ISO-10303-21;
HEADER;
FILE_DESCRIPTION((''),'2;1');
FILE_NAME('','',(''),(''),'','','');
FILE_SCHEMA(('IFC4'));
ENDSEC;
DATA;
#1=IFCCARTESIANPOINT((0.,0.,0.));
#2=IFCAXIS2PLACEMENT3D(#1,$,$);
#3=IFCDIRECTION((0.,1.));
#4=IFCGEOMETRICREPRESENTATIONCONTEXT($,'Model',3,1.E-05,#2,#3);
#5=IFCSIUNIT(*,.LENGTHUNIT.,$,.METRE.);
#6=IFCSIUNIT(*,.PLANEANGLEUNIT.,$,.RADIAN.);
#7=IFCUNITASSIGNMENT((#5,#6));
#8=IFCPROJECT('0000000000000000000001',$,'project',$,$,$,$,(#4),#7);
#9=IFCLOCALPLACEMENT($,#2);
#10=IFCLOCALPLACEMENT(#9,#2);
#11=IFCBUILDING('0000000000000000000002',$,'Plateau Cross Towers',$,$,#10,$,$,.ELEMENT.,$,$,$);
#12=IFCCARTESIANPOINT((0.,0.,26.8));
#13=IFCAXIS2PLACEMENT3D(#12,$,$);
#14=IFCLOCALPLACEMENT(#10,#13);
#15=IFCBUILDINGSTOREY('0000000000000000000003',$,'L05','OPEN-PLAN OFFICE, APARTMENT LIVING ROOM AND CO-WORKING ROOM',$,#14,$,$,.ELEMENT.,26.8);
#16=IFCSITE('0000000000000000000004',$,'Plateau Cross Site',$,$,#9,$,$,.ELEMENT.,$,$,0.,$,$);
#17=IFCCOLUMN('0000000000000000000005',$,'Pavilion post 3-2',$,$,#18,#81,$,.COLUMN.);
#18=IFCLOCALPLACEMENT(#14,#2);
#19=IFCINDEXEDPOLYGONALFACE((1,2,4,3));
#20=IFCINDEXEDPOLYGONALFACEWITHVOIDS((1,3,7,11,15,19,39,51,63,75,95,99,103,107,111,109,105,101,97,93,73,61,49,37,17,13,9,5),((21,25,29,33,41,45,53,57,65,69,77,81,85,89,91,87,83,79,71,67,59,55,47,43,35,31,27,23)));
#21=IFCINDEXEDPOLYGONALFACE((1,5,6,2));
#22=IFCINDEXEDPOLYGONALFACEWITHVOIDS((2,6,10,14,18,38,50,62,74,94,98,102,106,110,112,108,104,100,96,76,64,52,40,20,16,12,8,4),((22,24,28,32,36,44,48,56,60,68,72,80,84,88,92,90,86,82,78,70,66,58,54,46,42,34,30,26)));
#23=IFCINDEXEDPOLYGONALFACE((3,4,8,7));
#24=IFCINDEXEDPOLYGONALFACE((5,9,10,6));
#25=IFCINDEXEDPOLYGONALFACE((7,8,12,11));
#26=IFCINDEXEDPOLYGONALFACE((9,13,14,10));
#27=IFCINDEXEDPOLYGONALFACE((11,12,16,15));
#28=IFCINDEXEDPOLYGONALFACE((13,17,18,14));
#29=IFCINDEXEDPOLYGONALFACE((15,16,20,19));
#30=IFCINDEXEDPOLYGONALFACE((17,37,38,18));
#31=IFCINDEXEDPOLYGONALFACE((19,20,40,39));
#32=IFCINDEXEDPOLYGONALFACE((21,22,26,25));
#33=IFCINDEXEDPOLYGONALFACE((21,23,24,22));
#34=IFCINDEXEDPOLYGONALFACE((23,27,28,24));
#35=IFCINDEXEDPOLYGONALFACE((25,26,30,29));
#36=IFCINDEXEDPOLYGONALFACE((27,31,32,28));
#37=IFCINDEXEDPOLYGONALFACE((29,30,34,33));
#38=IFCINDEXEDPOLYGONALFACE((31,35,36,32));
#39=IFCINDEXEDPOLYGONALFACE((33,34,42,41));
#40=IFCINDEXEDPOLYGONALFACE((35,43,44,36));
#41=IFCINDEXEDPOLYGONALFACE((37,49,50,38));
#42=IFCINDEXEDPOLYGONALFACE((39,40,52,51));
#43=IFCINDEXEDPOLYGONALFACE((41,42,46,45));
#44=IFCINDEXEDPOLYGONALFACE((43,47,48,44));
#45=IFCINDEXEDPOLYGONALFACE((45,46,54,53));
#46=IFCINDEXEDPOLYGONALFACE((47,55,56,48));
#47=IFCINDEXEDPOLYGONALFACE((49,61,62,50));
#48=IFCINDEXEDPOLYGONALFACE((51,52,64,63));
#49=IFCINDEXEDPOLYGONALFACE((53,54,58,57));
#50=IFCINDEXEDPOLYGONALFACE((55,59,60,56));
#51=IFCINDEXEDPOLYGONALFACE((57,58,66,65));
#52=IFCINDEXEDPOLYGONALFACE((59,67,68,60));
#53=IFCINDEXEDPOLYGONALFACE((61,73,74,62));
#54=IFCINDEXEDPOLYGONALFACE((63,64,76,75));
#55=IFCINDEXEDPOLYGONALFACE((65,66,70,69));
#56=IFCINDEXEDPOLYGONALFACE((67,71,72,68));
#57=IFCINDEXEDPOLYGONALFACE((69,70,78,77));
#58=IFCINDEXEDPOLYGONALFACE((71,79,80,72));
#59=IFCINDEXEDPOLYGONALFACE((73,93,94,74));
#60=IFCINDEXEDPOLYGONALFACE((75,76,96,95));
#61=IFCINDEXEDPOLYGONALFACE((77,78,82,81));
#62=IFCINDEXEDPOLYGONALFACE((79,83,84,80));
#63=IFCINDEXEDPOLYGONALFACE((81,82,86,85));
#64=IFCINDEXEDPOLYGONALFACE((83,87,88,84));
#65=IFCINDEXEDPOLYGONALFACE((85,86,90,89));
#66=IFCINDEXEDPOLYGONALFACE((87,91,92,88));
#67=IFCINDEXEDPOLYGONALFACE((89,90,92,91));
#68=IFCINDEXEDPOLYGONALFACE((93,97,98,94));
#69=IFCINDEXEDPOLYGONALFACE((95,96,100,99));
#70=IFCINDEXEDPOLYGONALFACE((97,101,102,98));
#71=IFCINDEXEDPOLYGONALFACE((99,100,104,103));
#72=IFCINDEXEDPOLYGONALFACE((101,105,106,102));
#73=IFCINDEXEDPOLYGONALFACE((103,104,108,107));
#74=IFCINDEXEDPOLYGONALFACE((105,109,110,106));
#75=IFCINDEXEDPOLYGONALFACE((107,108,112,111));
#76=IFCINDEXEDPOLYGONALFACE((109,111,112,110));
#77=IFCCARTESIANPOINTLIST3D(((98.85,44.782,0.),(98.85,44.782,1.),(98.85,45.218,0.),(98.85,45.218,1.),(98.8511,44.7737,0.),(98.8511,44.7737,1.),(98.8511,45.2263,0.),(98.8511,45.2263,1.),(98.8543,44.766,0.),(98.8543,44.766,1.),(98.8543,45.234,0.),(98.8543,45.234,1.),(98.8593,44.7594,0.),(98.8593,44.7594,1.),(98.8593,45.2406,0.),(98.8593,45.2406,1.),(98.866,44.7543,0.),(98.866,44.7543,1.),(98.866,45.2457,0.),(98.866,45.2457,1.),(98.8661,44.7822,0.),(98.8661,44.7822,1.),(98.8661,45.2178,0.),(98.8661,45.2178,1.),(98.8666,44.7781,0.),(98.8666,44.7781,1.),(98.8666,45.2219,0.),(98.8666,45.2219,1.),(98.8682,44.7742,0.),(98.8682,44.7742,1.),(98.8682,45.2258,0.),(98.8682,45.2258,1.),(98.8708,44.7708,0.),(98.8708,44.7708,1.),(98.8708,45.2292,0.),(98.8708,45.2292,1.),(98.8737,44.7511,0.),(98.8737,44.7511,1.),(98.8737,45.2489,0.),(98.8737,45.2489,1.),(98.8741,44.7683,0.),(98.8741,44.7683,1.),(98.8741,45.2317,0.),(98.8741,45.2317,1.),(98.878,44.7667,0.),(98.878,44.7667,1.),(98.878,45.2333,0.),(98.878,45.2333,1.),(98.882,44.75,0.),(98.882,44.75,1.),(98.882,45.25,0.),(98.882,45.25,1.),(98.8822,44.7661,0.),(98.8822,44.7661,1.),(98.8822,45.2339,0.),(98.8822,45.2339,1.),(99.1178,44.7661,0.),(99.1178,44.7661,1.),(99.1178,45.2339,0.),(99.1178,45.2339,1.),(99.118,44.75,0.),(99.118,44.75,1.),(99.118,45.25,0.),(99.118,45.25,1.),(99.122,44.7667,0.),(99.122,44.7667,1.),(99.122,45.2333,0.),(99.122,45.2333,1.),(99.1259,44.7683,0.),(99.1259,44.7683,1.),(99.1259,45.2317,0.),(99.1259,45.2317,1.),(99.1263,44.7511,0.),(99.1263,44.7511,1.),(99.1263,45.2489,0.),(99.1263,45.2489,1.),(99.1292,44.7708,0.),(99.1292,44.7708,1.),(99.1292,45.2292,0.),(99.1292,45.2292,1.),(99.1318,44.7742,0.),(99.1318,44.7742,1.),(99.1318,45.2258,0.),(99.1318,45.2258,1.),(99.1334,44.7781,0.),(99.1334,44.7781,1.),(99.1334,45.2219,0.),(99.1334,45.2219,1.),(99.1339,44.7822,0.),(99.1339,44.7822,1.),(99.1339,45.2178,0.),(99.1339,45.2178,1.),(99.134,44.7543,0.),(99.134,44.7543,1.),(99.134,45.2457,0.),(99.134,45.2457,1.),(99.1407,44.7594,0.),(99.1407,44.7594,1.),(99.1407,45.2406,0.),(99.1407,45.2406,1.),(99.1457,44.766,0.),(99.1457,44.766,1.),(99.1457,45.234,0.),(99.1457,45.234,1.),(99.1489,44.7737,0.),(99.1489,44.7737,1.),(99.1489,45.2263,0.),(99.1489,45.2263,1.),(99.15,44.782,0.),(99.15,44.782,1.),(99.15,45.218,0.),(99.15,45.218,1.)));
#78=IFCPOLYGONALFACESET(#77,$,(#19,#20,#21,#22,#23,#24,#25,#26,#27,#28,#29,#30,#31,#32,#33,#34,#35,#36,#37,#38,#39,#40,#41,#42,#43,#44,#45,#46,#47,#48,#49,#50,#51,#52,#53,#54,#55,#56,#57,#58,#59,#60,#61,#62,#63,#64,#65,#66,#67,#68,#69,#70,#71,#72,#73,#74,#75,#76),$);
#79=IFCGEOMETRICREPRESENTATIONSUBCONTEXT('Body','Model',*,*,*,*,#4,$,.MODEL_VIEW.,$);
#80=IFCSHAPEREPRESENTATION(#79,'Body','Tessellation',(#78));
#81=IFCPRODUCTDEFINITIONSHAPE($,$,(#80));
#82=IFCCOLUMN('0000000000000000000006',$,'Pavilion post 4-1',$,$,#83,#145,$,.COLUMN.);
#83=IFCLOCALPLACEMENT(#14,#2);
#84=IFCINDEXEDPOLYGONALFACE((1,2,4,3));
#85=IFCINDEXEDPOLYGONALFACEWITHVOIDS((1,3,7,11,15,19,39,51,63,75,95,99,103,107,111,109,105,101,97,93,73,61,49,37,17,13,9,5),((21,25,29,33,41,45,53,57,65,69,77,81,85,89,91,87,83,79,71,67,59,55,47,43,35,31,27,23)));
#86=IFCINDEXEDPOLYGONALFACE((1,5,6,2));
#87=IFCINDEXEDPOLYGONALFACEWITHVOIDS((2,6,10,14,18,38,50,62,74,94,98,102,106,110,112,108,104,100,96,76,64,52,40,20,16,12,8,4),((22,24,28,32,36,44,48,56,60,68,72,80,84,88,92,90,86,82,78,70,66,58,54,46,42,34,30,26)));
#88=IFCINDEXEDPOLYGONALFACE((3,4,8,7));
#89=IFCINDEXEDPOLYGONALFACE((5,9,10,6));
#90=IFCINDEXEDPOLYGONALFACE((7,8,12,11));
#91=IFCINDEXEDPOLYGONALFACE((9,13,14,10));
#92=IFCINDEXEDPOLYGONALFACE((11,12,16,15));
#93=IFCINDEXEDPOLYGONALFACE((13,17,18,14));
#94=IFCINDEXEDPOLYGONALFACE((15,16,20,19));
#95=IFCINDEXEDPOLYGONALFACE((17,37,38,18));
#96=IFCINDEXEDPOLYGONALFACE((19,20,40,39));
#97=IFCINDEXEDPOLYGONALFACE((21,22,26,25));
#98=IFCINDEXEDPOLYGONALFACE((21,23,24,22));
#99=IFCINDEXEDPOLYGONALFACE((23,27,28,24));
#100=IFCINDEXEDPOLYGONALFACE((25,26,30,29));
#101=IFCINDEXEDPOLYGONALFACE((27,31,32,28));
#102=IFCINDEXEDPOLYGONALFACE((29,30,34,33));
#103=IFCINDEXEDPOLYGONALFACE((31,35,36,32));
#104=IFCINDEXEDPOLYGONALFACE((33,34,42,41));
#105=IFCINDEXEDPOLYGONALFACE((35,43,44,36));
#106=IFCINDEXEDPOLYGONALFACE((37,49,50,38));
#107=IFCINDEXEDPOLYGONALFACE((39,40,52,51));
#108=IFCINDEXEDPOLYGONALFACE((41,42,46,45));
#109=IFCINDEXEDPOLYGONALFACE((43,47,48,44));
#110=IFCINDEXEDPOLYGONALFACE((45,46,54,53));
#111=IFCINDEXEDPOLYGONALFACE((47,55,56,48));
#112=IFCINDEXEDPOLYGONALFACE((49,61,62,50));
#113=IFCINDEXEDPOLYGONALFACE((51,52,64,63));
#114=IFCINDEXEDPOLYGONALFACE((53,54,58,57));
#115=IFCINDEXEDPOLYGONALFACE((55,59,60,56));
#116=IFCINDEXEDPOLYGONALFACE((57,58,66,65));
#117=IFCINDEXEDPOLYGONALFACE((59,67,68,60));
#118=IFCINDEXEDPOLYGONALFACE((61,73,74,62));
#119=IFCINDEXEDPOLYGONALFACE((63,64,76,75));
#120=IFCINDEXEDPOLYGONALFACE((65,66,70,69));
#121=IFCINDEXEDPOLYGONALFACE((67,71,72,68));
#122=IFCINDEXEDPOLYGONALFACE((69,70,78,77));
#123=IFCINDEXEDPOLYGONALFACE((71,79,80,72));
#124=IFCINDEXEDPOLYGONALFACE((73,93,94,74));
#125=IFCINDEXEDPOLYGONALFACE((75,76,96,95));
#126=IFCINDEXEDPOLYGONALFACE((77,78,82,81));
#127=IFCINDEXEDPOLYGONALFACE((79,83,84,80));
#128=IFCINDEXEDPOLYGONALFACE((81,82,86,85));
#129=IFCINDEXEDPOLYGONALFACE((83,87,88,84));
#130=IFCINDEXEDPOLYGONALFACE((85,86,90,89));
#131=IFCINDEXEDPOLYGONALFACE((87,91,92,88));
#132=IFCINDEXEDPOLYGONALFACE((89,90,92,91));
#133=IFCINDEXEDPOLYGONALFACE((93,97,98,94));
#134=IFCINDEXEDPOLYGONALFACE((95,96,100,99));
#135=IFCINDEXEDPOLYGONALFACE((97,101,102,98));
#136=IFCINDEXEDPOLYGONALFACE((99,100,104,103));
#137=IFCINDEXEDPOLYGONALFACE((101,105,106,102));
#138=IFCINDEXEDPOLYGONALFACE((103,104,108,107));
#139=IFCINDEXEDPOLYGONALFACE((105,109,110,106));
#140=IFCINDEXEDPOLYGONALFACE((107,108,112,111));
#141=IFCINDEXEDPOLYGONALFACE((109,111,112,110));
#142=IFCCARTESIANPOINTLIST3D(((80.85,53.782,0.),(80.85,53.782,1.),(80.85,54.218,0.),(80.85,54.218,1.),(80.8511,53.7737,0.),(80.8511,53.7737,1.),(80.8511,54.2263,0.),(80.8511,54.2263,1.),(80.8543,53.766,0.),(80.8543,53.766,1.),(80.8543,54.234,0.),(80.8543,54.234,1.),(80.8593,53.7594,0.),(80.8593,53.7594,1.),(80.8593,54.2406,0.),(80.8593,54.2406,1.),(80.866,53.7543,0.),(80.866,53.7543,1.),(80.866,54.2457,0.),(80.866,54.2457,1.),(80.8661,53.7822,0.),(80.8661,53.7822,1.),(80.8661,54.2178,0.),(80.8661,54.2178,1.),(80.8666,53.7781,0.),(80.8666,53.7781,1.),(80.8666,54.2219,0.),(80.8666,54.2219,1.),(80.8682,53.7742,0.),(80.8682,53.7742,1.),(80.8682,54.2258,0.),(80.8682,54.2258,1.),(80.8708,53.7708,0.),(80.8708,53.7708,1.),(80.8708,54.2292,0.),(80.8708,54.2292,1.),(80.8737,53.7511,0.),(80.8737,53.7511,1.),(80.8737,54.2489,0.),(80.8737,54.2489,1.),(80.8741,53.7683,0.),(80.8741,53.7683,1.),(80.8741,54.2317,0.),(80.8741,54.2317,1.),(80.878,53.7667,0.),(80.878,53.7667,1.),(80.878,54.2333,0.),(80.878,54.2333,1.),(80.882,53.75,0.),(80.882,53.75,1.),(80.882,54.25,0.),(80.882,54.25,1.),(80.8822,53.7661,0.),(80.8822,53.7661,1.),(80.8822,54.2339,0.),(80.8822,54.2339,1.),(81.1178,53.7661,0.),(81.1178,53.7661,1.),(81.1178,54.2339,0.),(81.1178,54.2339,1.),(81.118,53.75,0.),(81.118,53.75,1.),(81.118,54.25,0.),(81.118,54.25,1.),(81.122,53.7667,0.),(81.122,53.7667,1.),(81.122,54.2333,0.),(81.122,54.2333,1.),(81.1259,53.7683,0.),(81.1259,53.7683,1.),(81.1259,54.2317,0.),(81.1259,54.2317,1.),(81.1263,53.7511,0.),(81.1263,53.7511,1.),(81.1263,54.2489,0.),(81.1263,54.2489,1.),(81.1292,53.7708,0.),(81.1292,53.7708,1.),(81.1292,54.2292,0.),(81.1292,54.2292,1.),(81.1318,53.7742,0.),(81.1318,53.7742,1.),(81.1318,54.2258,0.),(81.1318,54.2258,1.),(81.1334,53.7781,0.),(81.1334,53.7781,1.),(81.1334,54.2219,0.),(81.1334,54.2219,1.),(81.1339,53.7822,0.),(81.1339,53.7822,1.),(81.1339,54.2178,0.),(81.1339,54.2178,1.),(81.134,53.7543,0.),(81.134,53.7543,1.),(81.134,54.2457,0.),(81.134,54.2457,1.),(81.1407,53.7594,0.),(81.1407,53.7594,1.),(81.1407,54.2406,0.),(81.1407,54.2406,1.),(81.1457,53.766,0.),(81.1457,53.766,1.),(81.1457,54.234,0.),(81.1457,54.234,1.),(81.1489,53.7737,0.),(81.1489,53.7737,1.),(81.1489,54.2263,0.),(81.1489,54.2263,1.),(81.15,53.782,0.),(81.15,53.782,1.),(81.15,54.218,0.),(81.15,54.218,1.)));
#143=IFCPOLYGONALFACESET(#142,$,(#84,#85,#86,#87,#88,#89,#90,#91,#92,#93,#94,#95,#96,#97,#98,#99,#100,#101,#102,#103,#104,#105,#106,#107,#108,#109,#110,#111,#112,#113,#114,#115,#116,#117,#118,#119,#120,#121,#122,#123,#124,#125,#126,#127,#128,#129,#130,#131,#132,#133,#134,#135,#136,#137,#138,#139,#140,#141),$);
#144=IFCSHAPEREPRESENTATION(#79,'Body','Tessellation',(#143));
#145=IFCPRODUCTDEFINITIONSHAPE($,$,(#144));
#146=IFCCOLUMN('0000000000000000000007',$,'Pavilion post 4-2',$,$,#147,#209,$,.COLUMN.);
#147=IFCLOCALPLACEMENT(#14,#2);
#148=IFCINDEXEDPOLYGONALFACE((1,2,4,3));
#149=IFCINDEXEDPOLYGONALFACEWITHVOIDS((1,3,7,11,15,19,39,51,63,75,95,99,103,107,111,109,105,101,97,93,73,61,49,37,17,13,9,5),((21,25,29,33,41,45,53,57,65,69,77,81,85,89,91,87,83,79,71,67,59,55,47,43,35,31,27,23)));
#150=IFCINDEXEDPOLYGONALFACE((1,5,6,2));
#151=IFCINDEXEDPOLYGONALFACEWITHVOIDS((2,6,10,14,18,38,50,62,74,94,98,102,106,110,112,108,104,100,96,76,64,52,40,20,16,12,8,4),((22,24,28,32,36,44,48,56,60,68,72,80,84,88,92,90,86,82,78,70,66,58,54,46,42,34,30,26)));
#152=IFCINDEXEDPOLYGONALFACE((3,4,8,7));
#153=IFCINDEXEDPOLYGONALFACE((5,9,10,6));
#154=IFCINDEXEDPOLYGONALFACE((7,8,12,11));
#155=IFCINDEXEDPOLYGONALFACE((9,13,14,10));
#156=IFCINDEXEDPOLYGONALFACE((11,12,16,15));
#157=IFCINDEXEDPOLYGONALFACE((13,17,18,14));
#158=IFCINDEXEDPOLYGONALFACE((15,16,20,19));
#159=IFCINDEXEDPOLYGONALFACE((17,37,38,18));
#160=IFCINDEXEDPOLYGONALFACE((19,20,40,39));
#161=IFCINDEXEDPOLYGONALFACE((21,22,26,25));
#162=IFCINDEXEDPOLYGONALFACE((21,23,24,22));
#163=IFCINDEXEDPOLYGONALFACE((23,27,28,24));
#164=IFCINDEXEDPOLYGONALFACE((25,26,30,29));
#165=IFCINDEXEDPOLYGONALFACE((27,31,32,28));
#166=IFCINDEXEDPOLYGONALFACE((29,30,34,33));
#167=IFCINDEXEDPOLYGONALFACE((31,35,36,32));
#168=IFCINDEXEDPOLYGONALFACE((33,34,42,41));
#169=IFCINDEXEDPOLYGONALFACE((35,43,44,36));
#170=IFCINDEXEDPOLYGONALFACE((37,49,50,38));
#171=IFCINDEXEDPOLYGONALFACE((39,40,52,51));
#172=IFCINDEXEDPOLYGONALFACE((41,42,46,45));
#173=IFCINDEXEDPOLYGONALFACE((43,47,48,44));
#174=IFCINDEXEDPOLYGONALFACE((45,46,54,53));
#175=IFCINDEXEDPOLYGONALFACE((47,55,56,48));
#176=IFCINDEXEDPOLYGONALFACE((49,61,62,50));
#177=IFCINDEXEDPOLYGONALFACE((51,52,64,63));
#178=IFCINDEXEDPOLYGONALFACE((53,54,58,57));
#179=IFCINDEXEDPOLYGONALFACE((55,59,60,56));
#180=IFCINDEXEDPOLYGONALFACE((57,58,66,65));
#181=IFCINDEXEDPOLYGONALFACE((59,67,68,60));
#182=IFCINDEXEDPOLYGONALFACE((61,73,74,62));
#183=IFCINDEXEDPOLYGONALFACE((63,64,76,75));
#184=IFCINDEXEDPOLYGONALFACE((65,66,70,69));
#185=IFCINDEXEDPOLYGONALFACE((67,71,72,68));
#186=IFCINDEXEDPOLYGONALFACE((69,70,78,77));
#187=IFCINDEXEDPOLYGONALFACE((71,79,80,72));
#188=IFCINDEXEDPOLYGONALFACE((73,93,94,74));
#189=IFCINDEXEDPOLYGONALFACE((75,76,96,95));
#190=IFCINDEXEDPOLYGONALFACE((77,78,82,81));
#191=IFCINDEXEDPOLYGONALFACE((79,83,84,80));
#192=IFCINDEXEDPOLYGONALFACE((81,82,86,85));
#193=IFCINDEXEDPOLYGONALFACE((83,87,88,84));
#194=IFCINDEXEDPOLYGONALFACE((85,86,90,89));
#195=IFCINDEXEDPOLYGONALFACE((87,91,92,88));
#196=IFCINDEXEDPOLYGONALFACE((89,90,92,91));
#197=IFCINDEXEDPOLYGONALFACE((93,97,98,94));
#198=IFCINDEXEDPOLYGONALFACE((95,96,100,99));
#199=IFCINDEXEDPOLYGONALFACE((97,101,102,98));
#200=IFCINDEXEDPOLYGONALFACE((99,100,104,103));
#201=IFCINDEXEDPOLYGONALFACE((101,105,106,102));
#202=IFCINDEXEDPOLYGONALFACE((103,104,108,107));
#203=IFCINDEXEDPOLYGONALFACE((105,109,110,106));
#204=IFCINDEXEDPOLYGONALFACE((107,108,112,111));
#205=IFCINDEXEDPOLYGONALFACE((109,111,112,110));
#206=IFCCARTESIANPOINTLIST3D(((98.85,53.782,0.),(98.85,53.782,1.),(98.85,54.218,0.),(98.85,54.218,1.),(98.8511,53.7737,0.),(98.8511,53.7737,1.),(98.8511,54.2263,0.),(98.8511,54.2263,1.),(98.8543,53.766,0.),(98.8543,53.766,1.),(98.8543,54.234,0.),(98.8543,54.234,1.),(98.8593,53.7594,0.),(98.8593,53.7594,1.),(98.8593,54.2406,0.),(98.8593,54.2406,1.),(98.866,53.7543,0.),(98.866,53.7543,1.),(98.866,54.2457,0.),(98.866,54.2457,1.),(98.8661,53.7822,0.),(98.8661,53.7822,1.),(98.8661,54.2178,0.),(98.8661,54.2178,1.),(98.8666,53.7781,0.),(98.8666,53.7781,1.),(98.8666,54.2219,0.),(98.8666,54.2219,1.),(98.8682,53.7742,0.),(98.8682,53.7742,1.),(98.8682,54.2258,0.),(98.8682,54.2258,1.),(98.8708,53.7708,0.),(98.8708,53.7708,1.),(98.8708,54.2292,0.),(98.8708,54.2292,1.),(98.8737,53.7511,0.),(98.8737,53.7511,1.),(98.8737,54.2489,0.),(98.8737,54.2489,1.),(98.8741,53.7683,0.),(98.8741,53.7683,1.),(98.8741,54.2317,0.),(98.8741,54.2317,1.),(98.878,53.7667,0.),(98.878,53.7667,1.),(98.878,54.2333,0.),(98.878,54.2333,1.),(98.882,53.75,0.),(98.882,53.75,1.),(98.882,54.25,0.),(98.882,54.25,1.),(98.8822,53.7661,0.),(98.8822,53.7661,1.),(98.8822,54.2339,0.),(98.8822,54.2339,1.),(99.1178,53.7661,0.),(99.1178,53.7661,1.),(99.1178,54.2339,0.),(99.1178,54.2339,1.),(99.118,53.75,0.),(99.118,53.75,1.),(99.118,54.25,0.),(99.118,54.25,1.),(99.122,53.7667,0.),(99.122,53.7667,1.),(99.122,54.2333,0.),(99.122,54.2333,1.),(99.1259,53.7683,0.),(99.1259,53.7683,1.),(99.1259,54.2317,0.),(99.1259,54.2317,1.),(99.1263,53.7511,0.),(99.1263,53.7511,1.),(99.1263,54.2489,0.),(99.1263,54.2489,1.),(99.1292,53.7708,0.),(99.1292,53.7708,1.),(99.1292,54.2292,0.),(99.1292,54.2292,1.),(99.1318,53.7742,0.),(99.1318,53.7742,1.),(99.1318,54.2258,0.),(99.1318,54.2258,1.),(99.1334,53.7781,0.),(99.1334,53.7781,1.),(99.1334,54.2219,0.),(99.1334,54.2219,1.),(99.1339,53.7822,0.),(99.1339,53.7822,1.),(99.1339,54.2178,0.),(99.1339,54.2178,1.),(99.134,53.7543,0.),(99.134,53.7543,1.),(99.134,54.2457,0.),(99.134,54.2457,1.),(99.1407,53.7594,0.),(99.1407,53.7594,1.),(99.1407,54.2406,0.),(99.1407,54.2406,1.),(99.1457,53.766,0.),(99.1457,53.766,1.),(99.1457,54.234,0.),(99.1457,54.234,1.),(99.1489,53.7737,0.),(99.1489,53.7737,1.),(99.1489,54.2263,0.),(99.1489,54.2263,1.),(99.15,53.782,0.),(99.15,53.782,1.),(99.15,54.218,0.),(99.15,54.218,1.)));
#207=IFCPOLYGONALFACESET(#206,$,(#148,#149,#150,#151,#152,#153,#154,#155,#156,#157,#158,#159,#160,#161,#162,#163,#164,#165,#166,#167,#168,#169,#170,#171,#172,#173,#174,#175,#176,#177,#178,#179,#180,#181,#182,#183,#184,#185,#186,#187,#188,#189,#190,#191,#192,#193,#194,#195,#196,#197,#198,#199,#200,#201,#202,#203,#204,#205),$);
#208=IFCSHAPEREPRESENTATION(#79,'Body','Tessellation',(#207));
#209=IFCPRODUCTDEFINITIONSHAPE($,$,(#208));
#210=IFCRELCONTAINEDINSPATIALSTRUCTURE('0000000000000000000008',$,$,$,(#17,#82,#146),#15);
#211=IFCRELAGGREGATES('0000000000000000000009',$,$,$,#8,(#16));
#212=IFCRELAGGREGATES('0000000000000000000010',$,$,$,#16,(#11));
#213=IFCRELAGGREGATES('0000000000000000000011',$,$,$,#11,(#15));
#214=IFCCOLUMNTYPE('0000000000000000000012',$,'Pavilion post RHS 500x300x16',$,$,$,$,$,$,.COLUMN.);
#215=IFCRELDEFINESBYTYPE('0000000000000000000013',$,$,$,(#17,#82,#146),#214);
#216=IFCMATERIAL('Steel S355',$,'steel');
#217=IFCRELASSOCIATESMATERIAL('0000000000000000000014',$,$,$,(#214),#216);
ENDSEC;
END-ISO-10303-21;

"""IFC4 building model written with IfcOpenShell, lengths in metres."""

from ifc_helpers import new_model, si_unit, direction, frame, origin, origin_2d, place, context, subcontext, project, spatial, hollow_rectangle, extrude, material, material_profile, profile_set, type_object, element, save


model = new_model("IFC4")

# Units and contexts
model_context = context("Model", 3, precision=1e-05, world=origin(), true_north=direction((0.0, 1.0)))
body_context = subcontext(model_context, "Body", "Model", "MODEL_VIEW")
ifc_project = project(units=[si_unit("LENGTHUNIT", "METRE"), si_unit("PLANEANGLEUNIT", "RADIAN")], contexts=[model_context])

# Site, building, storey
site_placement = place(None, origin())
site = spatial("IfcSite", under=ifc_project, at=site_placement, Name="Plateau Cross Site", CompositionType="ELEMENT", RefElevation=0.0)
building_placement = place(site_placement, origin())
building = spatial("IfcBuilding", under=site, at=building_placement, Name="Plateau Cross Towers", CompositionType="ELEMENT")
storey_placement = place(building_placement, frame((0.0, 0.0, 26.8)))
storey = spatial("IfcBuildingStorey", under=building, at=storey_placement, Name="L05", Description="OPEN-PLAN OFFICE, APARTMENT LIVING ROOM AND CO-WORKING ROOM", CompositionType="ELEMENT", Elevation=26.8)

# Columns
ifc_material_1 = material(Name="Steel S355", Category="steel")
ifc_material_profile_1 = material_profile(ifc_material_1, hollow_rectangle(XDim=0.3, YDim=0.5, WallThickness=0.0161, InnerFilletRadius=0.0161, OuterFilletRadius=0.032, at=origin_2d()), Name="RHS 500x300x16")
ifc_profile_set_1 = profile_set([ifc_material_profile_1], Name="Steel S355")
column_type = type_object("IfcColumnType", Name="Pavilion post RHS 500x300x16", PredefinedType="COLUMN", material=ifc_profile_set_1)
for number, where, z_axis, x_axis, name in (
    (1, (99.0, 45.0, 0.0), (0.0, 0.0, 1.0), (1.0, 0.0, 0.0), "Pavilion post 3-2"),
    (2, (81.0, 54.0, 0.0), (0.0, 0.0, 1.0), (1.0, 0.0, 0.0), "Pavilion post 4-1"),
    (3, (99.0, 54.0, 0.0), (0.0, 0.0, 1.0), (1.0, 0.0, 0.0), "Pavilion post 4-2"),
):
    element("IfcColumn", number, at=place(storey_placement, frame(where, z_axis=z_axis, x_axis=x_axis)), inside=storey, type_object=column_type, Name=name, PredefinedType="COLUMN", context=body_context, shape_type="SweptSolid", body=[
        extrude(hollow_rectangle(XDim=0.3, YDim=0.5, WallThickness=0.0161, InnerFilletRadius=0.0161, OuterFilletRadius=0.032, at=origin_2d()), origin(), (0.0, 0.0, 1.0), 1.0),
    ])

save(model, "model.ifc")
